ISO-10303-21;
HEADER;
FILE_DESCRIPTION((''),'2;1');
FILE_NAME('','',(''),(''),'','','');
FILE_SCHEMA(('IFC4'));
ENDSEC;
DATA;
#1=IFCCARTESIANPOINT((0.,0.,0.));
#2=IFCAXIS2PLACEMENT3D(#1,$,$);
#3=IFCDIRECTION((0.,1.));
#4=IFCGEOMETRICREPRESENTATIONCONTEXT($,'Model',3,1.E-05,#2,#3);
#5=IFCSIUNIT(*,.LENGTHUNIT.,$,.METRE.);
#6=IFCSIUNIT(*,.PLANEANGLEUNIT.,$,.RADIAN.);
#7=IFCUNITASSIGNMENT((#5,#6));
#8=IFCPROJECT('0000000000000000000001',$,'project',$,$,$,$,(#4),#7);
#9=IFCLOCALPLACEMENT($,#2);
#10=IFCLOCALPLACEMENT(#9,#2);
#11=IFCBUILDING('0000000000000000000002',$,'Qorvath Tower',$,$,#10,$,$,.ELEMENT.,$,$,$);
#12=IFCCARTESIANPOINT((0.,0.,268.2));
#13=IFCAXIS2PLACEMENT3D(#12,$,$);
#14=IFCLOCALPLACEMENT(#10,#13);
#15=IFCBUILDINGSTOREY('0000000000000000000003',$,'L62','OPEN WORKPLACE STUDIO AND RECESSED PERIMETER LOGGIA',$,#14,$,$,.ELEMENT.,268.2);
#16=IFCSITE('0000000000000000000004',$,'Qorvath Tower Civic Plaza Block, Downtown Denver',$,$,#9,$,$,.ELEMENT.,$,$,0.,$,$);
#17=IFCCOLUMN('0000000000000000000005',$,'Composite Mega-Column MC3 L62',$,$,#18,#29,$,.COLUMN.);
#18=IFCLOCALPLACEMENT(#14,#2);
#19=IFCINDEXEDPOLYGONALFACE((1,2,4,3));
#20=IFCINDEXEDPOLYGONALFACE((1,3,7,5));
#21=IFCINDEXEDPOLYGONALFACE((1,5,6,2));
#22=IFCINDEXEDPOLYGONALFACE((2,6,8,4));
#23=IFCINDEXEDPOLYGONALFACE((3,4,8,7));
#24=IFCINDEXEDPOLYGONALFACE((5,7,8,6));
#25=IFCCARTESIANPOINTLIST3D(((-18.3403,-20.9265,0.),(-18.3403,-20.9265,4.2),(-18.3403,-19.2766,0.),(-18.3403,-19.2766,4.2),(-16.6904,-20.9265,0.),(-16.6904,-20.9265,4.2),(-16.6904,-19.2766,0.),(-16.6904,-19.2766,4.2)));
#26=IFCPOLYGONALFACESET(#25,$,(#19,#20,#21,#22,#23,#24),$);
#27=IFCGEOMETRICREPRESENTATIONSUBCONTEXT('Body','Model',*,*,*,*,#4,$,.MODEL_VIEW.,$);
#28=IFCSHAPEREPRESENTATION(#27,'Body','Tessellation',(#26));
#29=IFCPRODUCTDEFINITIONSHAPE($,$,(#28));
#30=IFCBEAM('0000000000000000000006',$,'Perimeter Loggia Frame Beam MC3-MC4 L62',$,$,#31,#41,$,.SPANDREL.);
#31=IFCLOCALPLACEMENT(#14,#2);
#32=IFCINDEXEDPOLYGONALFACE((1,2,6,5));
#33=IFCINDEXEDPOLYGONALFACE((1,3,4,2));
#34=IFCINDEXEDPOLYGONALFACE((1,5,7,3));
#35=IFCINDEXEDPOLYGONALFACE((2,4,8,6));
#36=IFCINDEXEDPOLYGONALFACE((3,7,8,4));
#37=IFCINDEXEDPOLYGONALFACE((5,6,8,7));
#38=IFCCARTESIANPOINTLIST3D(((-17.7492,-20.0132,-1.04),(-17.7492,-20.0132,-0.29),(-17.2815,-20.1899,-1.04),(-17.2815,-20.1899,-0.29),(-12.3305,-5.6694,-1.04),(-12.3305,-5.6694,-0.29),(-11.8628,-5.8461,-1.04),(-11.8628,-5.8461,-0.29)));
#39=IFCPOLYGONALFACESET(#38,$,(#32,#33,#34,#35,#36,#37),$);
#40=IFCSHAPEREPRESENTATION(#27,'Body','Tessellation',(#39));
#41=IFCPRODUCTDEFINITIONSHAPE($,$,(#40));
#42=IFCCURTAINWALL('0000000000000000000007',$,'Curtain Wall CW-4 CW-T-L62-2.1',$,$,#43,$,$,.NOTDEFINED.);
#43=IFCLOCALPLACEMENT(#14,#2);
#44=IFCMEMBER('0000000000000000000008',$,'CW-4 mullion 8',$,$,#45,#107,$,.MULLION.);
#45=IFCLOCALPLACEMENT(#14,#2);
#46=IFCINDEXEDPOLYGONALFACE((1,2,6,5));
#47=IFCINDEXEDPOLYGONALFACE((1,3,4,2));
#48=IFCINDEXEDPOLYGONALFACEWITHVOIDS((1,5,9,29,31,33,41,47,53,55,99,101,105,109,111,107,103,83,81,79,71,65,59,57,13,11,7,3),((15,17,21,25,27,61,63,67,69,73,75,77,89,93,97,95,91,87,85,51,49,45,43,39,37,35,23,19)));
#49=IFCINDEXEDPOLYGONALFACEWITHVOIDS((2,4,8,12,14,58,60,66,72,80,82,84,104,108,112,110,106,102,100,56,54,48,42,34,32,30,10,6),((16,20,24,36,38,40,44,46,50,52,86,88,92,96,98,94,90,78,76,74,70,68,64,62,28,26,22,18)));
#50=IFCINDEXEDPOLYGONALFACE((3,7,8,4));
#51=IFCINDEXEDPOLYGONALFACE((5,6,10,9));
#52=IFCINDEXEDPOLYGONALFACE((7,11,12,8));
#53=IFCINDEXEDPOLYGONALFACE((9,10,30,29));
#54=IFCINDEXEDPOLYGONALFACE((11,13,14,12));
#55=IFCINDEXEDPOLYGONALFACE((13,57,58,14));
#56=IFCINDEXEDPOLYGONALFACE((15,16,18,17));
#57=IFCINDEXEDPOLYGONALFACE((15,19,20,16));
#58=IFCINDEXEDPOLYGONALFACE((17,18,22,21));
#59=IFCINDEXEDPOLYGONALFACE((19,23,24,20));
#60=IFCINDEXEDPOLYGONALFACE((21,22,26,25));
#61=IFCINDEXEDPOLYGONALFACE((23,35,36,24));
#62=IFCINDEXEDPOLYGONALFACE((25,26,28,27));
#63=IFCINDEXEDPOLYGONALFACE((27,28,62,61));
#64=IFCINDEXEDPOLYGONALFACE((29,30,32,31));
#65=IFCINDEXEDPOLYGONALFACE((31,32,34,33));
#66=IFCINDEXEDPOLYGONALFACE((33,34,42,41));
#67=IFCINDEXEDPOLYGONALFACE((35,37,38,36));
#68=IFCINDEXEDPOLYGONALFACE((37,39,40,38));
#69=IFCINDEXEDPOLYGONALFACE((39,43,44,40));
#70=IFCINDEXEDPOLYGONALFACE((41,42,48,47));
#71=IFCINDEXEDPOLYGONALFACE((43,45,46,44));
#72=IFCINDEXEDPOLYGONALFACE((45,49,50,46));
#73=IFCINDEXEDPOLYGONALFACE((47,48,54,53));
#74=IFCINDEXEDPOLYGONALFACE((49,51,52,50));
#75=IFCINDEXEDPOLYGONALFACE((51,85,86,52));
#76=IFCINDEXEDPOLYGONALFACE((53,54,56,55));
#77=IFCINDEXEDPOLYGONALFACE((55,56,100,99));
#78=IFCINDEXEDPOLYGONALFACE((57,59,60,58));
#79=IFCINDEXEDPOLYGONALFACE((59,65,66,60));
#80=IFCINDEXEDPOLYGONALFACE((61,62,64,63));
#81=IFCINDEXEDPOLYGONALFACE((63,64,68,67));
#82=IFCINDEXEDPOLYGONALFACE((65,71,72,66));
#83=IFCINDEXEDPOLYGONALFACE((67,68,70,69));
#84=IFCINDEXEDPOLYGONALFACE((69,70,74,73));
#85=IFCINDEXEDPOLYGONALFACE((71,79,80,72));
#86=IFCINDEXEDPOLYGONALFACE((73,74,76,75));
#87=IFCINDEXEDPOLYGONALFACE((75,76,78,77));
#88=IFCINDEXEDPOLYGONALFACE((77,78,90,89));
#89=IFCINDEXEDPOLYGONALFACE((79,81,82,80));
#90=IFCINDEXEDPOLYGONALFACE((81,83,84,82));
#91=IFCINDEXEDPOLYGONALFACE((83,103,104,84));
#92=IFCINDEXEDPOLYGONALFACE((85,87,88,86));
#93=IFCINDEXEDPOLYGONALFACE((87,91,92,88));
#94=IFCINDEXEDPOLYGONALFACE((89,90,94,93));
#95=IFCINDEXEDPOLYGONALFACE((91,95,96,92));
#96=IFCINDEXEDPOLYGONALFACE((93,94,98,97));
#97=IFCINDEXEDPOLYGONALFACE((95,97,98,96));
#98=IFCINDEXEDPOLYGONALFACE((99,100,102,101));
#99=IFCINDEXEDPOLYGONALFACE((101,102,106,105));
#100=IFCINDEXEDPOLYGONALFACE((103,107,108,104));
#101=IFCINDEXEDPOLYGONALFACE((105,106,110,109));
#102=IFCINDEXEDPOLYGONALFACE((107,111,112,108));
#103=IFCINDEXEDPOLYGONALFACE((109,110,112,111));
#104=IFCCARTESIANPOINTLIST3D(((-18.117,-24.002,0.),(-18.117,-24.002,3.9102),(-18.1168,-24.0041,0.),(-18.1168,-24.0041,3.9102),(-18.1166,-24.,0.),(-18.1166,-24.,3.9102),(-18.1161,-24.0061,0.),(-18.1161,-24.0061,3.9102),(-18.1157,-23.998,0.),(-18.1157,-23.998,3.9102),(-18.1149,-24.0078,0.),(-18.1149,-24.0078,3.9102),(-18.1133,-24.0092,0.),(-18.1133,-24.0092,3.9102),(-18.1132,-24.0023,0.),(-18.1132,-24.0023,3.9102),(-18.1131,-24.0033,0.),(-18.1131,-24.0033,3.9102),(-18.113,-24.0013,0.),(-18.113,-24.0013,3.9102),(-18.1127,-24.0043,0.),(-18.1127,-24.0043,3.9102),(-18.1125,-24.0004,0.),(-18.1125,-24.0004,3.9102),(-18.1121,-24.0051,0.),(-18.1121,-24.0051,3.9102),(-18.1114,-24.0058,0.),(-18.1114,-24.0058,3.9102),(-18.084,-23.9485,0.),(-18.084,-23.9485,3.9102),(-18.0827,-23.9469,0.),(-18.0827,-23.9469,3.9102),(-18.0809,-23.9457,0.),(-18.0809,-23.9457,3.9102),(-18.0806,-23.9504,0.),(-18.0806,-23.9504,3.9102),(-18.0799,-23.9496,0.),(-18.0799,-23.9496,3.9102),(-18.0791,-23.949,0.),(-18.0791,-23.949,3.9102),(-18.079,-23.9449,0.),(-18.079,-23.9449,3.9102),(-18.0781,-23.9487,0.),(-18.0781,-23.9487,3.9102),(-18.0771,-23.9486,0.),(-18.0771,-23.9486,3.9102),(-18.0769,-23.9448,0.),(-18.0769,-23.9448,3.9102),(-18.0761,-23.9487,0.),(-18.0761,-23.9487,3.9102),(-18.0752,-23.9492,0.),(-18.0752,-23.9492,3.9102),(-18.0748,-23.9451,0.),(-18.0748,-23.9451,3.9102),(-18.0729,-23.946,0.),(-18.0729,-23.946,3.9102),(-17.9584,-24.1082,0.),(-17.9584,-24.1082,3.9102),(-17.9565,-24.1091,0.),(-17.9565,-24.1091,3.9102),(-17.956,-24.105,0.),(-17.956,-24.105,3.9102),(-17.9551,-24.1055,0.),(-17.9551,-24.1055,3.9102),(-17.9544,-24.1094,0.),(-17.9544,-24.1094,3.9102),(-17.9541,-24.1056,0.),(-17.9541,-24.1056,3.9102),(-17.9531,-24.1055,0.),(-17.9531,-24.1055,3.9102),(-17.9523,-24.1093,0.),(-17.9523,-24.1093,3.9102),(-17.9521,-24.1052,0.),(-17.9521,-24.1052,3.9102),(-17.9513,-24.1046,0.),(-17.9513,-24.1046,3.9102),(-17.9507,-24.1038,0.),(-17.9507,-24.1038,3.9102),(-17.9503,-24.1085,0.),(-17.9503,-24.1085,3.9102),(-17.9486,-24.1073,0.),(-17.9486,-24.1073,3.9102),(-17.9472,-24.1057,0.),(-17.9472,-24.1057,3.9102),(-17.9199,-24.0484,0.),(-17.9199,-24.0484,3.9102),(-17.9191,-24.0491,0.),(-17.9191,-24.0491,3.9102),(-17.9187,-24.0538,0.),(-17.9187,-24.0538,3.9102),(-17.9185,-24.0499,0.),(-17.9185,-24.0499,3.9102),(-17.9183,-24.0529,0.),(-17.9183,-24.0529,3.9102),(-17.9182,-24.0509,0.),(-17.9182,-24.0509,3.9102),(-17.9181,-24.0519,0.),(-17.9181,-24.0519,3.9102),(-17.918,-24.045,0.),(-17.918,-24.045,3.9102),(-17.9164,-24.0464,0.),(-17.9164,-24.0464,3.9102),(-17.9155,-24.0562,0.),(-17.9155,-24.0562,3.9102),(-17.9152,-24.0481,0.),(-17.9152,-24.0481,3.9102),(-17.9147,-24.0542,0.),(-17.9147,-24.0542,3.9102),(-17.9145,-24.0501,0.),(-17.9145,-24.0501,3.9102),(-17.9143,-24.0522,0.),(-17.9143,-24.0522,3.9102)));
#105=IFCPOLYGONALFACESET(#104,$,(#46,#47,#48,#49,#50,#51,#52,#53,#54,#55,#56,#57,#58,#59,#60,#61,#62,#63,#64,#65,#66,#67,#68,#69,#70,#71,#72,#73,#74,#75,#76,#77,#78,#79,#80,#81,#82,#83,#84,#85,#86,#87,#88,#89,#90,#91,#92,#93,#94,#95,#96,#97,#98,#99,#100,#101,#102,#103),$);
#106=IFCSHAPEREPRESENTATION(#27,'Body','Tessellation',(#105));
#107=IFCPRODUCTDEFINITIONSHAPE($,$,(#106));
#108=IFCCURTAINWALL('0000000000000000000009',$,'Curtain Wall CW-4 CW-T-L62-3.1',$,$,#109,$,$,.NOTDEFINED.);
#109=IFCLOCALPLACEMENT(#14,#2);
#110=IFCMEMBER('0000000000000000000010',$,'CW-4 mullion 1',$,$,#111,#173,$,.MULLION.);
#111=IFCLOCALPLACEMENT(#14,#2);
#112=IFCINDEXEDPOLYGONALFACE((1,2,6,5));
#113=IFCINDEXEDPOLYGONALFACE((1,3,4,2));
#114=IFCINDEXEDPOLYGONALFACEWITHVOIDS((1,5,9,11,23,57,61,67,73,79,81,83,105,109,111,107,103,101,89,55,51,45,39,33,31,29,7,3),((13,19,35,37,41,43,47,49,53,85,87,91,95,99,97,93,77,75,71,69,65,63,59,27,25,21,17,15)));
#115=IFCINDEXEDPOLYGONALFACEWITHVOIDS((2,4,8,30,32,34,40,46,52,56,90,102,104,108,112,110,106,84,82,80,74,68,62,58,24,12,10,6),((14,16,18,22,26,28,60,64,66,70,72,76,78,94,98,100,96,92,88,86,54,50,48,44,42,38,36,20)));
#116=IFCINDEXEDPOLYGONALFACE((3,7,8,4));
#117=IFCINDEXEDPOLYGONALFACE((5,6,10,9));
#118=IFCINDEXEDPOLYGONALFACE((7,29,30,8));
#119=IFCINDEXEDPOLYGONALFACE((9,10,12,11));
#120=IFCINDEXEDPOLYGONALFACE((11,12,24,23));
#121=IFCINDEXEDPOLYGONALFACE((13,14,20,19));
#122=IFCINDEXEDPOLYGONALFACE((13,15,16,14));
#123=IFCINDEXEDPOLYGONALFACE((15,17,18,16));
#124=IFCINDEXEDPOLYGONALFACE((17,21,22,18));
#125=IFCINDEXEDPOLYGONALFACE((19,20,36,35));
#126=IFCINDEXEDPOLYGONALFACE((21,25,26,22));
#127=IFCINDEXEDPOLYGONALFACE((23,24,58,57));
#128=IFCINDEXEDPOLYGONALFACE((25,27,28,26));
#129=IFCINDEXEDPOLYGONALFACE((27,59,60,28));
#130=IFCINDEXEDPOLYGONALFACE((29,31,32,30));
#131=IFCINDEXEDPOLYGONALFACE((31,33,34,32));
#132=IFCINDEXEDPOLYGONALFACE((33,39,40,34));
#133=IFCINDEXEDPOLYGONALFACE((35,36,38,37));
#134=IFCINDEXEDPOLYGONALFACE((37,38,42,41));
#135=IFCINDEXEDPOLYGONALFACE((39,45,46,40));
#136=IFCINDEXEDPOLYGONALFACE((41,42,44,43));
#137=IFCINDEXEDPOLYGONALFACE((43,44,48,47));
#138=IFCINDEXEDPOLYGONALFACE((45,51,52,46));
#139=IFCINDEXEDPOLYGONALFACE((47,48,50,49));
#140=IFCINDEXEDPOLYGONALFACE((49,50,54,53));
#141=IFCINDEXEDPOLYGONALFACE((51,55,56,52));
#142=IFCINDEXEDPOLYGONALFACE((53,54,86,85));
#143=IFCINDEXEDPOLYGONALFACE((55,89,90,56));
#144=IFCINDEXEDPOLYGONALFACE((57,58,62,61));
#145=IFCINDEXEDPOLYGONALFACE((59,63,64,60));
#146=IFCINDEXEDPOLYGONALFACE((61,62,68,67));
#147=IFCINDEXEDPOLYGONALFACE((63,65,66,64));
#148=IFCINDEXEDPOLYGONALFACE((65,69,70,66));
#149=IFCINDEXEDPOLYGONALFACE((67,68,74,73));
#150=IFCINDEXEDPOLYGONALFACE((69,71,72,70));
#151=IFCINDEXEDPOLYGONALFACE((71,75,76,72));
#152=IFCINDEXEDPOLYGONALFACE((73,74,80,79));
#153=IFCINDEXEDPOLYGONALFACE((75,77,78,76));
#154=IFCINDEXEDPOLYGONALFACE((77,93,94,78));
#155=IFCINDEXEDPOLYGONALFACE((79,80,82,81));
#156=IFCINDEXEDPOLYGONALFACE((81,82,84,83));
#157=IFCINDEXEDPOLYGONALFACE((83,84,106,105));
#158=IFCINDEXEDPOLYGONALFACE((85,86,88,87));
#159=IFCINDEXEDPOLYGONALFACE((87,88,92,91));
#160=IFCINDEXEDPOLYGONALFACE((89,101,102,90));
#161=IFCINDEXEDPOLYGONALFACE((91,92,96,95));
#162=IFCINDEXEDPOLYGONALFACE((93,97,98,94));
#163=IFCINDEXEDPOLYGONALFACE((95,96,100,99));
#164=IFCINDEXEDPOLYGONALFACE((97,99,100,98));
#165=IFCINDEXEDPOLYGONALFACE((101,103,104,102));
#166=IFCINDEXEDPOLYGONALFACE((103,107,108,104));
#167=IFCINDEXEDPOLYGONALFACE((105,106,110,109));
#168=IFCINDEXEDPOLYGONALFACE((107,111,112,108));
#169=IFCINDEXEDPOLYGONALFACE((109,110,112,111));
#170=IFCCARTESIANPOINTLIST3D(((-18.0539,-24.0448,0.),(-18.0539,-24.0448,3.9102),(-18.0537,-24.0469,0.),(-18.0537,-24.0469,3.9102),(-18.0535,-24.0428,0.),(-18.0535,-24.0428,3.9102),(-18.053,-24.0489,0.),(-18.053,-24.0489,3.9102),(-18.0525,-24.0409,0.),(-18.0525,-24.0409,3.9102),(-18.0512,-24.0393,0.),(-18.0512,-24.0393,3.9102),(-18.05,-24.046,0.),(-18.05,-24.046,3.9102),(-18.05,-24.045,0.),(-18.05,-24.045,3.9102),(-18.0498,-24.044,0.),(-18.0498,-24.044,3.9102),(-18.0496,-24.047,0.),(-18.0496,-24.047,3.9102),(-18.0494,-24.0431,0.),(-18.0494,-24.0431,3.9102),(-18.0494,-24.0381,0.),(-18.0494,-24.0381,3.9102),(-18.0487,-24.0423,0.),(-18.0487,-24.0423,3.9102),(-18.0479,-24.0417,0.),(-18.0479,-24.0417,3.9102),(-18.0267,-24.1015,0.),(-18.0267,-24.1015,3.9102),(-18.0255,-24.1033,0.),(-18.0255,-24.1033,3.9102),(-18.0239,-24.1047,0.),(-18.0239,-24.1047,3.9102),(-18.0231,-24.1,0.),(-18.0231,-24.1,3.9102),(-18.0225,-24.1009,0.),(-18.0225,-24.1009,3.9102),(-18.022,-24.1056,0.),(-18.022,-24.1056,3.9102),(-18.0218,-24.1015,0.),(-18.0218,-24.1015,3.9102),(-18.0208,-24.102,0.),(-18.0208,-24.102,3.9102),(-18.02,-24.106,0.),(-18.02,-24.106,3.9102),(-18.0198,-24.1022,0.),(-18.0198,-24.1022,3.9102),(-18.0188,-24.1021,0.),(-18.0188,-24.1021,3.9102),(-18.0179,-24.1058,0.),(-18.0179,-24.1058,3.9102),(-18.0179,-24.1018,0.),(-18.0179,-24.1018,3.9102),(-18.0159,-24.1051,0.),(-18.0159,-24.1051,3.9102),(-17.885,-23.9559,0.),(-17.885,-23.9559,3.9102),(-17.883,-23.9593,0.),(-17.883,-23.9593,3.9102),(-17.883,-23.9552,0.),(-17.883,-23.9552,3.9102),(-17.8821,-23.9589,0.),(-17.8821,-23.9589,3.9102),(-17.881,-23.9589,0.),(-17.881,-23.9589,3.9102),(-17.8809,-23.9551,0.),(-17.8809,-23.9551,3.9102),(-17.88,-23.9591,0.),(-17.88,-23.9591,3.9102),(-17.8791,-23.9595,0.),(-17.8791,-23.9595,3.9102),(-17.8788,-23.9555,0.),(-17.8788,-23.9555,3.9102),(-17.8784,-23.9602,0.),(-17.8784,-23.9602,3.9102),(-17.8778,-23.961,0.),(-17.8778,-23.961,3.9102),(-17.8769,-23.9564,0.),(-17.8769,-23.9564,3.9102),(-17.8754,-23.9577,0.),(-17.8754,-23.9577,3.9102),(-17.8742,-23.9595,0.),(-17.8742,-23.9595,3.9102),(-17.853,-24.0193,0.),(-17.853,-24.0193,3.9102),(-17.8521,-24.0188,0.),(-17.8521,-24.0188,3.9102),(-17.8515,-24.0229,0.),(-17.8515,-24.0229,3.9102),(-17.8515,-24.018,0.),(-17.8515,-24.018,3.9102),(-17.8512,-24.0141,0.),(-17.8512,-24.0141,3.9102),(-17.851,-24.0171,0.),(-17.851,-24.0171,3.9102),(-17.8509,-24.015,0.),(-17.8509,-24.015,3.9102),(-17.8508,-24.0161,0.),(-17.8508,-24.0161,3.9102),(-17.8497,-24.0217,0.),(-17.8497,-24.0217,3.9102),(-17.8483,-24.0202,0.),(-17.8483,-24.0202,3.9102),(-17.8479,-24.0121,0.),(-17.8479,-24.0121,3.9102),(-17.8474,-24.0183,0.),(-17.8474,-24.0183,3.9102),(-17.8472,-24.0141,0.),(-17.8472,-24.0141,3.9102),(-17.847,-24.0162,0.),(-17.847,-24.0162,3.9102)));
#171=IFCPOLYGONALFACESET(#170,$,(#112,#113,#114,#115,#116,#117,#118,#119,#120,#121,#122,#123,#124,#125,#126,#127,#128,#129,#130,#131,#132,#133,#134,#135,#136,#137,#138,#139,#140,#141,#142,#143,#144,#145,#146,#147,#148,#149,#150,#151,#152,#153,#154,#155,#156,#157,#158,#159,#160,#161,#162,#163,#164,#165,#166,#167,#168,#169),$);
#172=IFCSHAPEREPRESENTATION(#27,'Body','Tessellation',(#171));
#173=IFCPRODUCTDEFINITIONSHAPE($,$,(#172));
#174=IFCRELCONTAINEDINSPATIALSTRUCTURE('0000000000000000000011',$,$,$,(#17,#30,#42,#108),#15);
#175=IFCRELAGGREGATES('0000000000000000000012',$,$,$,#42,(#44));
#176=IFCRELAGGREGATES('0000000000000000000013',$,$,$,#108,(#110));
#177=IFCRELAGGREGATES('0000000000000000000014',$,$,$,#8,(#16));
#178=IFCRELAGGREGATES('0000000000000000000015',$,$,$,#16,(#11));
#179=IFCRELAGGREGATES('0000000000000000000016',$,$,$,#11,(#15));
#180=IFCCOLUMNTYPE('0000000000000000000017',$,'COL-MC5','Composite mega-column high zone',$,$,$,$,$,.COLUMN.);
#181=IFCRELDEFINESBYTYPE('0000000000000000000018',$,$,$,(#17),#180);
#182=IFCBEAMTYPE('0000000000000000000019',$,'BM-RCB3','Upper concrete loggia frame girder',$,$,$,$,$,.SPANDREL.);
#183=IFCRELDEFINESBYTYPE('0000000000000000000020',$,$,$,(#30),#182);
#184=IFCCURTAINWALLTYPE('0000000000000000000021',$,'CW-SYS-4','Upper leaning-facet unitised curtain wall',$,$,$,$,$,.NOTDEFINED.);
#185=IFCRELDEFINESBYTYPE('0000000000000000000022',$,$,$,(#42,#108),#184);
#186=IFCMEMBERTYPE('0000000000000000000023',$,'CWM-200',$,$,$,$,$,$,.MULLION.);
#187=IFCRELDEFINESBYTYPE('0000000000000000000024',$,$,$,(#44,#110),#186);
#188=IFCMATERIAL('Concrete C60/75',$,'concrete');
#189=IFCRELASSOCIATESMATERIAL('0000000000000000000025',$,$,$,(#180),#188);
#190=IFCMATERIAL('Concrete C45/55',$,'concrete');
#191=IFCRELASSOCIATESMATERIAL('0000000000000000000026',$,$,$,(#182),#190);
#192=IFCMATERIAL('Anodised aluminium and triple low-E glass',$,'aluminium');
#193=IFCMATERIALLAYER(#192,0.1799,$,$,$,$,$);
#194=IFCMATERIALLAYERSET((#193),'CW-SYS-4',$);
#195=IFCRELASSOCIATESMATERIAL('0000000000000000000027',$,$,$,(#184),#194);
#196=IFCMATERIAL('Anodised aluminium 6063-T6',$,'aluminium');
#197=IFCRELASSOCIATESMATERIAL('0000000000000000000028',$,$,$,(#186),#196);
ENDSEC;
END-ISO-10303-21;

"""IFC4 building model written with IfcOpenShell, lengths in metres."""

from ifc_helpers import new_model, si_unit, direction, frame, origin, origin_2d, place, context, subcontext, project, spatial, rectangle, hollow_rectangle, extrude, material, layer, layer_set, material_profile, profile_set, type_object, element, aggregate, save


model = new_model("IFC4")

# Units and contexts
model_context = context("Model", 3, precision=1e-05, world=origin(), true_north=direction((0.0, 1.0)))
body_context = subcontext(model_context, "Body", "Model", "MODEL_VIEW")
ifc_project = project(units=[si_unit("LENGTHUNIT", "METRE"), si_unit("PLANEANGLEUNIT", "RADIAN")], contexts=[model_context])

# Site, building, storey
site_placement = place(None, origin())
site = spatial("IfcSite", under=ifc_project, at=site_placement, Name="Qorvath Tower Civic Plaza Block, Downtown Denver", CompositionType="ELEMENT", RefElevation=0.0)
building_placement = place(site_placement, origin())
building = spatial("IfcBuilding", under=site, at=building_placement, Name="Qorvath Tower", CompositionType="ELEMENT")
storey_placement = place(building_placement, frame((0.0, 0.0, 268.2)))
storey = spatial("IfcBuildingStorey", under=building, at=storey_placement, Name="L62", Description="OPEN WORKPLACE STUDIO AND RECESSED PERIMETER LOGGIA", CompositionType="ELEMENT", Elevation=268.2)

# Column
ifc_material_1 = material(Name="Concrete C60/75", Category="concrete")
ifc_material_profile_1 = material_profile(ifc_material_1, rectangle(XDim=1.6499, YDim=1.6499, at=origin_2d()), Name="MC 1650x1650")
ifc_profile_set_1 = profile_set([ifc_material_profile_1], Name="Concrete C60/75")
column_type = type_object("IfcColumnType", Name="COL-MC5", Description="Composite mega-column high zone", PredefinedType="COLUMN", material=ifc_profile_set_1)
column_placement = place(storey_placement, frame((-17.5154, -20.1016, 0.0), z_axis=(0.0, 0.0, 1.0), x_axis=(1.0, 0.0, 0.0)))
element("IfcColumn", 1, at=column_placement, inside=storey, type_object=column_type, Name="Composite Mega-Column MC3 L62", PredefinedType="COLUMN", context=body_context, shape_type="SweptSolid", body=[
    extrude(rectangle(XDim=1.6499, YDim=1.6499, at=origin_2d()), origin(), (0.0, 0.0, 1.0), 4.2),
])

# Beam
ifc_material_2 = material(Name="Concrete C45/55", Category="concrete")
ifc_material_profile_2 = material_profile(ifc_material_2, rectangle(XDim=0.5, YDim=0.75, at=origin_2d()), Name="RCB 750x500")
ifc_profile_set_2 = profile_set([ifc_material_profile_2], Name="Concrete C45/55")
beam_type = type_object("IfcBeamType", Name="BM-RCB3", Description="Upper concrete loggia frame girder", PredefinedType="SPANDREL", material=ifc_profile_set_2)
beam_placement = place(storey_placement, frame((-17.5154, -20.1016, -0.665), z_axis=(0.353398, 0.935473, 0.0), x_axis=(-0.935473, 0.353398, 0.0)))
element("IfcBeam", 2, at=beam_placement, inside=storey, type_object=beam_type, Name="Perimeter Loggia Frame Beam MC3-MC4 L62", PredefinedType="SPANDREL", context=body_context, shape_type="SweptSolid", body=[
    extrude(rectangle(XDim=0.5, YDim=0.75, at=origin_2d()), origin(), (0.0, 0.0, 1.0), 15.3333),
])

# Curtain wall, member
ifc_material_3 = material(Name="Anodised aluminium and triple low-E glass", Category="aluminium")
ifc_layer_1 = layer(ifc_material_3, 0.1799)
ifc_layer_set_1 = layer_set([ifc_layer_1], Name="CW-SYS-4")
curtain_wall_type = type_object("IfcCurtainWallType", Name="CW-SYS-4", Description="Upper leaning-facet unitised curtain wall", PredefinedType="NOTDEFINED", material=ifc_layer_set_1)
curtain_wall_1_placement = place(storey_placement, origin())
curtain_wall_1 = element("IfcCurtainWall", 3, at=curtain_wall_1_placement, inside=storey, type_object=curtain_wall_type, Name="Curtain Wall CW-4 CW-T-L62-2.1", PredefinedType="NOTDEFINED")
ifc_material_4 = material(Name="Anodised aluminium 6063-T6", Category="aluminium")
ifc_material_profile_3 = material_profile(ifc_material_4, hollow_rectangle(XDim=0.075, YDim=0.2, WallThickness=0.0039, InnerFilletRadius=0.0039, OuterFilletRadius=0.0081, at=origin_2d()), Name="CWM 200x75")
ifc_profile_set_3 = profile_set([ifc_material_profile_3], Name="Anodised aluminium 6063-T6")
member_type_1 = type_object("IfcMemberType", Name="CWM-200", PredefinedType="MULLION", material=ifc_profile_set_3)
member_1_placement = place(storey_placement, frame((-18.0156, -24.0271, 0.0), z_axis=(0.0, 0.0, 1.0), x_axis=(0.538534, 0.842604, 0.0)))
member_1 = element("IfcMember", 4, at=member_1_placement, type_object=member_type_1, Name="CW-4 mullion 8", PredefinedType="MULLION", context=body_context, shape_type="SweptSolid", body=[
    extrude(hollow_rectangle(XDim=0.075, YDim=0.2, WallThickness=0.0039, InnerFilletRadius=0.0039, OuterFilletRadius=0.0081, at=origin_2d()), origin(), (0.0, 0.0, 1.0), 3.9102),
])

# Curtain wall, member
curtain_wall_2_placement = place(storey_placement, origin())
curtain_wall_2 = element("IfcCurtainWall", 5, at=curtain_wall_2_placement, inside=storey, type_object=curtain_wall_type, Name="Curtain Wall CW-4 CW-T-L62-3.1", PredefinedType="NOTDEFINED")
member_2_placement = place(storey_placement, frame((-17.9504, -24.0305, 0.0), z_axis=(0.0, 0.0, 1.0), x_axis=(-0.447245, 0.894412, 0.0)))
member_2 = element("IfcMember", 6, at=member_2_placement, type_object=member_type_1, Name="CW-4 mullion 1", PredefinedType="MULLION", context=body_context, shape_type="SweptSolid", body=[
    extrude(hollow_rectangle(XDim=0.075, YDim=0.2, WallThickness=0.0039, InnerFilletRadius=0.0039, OuterFilletRadius=0.0081, at=origin_2d()), origin(), (0.0, 0.0, 1.0), 3.9102),
])

aggregate(curtain_wall_1, [member_1])
aggregate(curtain_wall_2, [member_2])

save(model, "model.ifc")
